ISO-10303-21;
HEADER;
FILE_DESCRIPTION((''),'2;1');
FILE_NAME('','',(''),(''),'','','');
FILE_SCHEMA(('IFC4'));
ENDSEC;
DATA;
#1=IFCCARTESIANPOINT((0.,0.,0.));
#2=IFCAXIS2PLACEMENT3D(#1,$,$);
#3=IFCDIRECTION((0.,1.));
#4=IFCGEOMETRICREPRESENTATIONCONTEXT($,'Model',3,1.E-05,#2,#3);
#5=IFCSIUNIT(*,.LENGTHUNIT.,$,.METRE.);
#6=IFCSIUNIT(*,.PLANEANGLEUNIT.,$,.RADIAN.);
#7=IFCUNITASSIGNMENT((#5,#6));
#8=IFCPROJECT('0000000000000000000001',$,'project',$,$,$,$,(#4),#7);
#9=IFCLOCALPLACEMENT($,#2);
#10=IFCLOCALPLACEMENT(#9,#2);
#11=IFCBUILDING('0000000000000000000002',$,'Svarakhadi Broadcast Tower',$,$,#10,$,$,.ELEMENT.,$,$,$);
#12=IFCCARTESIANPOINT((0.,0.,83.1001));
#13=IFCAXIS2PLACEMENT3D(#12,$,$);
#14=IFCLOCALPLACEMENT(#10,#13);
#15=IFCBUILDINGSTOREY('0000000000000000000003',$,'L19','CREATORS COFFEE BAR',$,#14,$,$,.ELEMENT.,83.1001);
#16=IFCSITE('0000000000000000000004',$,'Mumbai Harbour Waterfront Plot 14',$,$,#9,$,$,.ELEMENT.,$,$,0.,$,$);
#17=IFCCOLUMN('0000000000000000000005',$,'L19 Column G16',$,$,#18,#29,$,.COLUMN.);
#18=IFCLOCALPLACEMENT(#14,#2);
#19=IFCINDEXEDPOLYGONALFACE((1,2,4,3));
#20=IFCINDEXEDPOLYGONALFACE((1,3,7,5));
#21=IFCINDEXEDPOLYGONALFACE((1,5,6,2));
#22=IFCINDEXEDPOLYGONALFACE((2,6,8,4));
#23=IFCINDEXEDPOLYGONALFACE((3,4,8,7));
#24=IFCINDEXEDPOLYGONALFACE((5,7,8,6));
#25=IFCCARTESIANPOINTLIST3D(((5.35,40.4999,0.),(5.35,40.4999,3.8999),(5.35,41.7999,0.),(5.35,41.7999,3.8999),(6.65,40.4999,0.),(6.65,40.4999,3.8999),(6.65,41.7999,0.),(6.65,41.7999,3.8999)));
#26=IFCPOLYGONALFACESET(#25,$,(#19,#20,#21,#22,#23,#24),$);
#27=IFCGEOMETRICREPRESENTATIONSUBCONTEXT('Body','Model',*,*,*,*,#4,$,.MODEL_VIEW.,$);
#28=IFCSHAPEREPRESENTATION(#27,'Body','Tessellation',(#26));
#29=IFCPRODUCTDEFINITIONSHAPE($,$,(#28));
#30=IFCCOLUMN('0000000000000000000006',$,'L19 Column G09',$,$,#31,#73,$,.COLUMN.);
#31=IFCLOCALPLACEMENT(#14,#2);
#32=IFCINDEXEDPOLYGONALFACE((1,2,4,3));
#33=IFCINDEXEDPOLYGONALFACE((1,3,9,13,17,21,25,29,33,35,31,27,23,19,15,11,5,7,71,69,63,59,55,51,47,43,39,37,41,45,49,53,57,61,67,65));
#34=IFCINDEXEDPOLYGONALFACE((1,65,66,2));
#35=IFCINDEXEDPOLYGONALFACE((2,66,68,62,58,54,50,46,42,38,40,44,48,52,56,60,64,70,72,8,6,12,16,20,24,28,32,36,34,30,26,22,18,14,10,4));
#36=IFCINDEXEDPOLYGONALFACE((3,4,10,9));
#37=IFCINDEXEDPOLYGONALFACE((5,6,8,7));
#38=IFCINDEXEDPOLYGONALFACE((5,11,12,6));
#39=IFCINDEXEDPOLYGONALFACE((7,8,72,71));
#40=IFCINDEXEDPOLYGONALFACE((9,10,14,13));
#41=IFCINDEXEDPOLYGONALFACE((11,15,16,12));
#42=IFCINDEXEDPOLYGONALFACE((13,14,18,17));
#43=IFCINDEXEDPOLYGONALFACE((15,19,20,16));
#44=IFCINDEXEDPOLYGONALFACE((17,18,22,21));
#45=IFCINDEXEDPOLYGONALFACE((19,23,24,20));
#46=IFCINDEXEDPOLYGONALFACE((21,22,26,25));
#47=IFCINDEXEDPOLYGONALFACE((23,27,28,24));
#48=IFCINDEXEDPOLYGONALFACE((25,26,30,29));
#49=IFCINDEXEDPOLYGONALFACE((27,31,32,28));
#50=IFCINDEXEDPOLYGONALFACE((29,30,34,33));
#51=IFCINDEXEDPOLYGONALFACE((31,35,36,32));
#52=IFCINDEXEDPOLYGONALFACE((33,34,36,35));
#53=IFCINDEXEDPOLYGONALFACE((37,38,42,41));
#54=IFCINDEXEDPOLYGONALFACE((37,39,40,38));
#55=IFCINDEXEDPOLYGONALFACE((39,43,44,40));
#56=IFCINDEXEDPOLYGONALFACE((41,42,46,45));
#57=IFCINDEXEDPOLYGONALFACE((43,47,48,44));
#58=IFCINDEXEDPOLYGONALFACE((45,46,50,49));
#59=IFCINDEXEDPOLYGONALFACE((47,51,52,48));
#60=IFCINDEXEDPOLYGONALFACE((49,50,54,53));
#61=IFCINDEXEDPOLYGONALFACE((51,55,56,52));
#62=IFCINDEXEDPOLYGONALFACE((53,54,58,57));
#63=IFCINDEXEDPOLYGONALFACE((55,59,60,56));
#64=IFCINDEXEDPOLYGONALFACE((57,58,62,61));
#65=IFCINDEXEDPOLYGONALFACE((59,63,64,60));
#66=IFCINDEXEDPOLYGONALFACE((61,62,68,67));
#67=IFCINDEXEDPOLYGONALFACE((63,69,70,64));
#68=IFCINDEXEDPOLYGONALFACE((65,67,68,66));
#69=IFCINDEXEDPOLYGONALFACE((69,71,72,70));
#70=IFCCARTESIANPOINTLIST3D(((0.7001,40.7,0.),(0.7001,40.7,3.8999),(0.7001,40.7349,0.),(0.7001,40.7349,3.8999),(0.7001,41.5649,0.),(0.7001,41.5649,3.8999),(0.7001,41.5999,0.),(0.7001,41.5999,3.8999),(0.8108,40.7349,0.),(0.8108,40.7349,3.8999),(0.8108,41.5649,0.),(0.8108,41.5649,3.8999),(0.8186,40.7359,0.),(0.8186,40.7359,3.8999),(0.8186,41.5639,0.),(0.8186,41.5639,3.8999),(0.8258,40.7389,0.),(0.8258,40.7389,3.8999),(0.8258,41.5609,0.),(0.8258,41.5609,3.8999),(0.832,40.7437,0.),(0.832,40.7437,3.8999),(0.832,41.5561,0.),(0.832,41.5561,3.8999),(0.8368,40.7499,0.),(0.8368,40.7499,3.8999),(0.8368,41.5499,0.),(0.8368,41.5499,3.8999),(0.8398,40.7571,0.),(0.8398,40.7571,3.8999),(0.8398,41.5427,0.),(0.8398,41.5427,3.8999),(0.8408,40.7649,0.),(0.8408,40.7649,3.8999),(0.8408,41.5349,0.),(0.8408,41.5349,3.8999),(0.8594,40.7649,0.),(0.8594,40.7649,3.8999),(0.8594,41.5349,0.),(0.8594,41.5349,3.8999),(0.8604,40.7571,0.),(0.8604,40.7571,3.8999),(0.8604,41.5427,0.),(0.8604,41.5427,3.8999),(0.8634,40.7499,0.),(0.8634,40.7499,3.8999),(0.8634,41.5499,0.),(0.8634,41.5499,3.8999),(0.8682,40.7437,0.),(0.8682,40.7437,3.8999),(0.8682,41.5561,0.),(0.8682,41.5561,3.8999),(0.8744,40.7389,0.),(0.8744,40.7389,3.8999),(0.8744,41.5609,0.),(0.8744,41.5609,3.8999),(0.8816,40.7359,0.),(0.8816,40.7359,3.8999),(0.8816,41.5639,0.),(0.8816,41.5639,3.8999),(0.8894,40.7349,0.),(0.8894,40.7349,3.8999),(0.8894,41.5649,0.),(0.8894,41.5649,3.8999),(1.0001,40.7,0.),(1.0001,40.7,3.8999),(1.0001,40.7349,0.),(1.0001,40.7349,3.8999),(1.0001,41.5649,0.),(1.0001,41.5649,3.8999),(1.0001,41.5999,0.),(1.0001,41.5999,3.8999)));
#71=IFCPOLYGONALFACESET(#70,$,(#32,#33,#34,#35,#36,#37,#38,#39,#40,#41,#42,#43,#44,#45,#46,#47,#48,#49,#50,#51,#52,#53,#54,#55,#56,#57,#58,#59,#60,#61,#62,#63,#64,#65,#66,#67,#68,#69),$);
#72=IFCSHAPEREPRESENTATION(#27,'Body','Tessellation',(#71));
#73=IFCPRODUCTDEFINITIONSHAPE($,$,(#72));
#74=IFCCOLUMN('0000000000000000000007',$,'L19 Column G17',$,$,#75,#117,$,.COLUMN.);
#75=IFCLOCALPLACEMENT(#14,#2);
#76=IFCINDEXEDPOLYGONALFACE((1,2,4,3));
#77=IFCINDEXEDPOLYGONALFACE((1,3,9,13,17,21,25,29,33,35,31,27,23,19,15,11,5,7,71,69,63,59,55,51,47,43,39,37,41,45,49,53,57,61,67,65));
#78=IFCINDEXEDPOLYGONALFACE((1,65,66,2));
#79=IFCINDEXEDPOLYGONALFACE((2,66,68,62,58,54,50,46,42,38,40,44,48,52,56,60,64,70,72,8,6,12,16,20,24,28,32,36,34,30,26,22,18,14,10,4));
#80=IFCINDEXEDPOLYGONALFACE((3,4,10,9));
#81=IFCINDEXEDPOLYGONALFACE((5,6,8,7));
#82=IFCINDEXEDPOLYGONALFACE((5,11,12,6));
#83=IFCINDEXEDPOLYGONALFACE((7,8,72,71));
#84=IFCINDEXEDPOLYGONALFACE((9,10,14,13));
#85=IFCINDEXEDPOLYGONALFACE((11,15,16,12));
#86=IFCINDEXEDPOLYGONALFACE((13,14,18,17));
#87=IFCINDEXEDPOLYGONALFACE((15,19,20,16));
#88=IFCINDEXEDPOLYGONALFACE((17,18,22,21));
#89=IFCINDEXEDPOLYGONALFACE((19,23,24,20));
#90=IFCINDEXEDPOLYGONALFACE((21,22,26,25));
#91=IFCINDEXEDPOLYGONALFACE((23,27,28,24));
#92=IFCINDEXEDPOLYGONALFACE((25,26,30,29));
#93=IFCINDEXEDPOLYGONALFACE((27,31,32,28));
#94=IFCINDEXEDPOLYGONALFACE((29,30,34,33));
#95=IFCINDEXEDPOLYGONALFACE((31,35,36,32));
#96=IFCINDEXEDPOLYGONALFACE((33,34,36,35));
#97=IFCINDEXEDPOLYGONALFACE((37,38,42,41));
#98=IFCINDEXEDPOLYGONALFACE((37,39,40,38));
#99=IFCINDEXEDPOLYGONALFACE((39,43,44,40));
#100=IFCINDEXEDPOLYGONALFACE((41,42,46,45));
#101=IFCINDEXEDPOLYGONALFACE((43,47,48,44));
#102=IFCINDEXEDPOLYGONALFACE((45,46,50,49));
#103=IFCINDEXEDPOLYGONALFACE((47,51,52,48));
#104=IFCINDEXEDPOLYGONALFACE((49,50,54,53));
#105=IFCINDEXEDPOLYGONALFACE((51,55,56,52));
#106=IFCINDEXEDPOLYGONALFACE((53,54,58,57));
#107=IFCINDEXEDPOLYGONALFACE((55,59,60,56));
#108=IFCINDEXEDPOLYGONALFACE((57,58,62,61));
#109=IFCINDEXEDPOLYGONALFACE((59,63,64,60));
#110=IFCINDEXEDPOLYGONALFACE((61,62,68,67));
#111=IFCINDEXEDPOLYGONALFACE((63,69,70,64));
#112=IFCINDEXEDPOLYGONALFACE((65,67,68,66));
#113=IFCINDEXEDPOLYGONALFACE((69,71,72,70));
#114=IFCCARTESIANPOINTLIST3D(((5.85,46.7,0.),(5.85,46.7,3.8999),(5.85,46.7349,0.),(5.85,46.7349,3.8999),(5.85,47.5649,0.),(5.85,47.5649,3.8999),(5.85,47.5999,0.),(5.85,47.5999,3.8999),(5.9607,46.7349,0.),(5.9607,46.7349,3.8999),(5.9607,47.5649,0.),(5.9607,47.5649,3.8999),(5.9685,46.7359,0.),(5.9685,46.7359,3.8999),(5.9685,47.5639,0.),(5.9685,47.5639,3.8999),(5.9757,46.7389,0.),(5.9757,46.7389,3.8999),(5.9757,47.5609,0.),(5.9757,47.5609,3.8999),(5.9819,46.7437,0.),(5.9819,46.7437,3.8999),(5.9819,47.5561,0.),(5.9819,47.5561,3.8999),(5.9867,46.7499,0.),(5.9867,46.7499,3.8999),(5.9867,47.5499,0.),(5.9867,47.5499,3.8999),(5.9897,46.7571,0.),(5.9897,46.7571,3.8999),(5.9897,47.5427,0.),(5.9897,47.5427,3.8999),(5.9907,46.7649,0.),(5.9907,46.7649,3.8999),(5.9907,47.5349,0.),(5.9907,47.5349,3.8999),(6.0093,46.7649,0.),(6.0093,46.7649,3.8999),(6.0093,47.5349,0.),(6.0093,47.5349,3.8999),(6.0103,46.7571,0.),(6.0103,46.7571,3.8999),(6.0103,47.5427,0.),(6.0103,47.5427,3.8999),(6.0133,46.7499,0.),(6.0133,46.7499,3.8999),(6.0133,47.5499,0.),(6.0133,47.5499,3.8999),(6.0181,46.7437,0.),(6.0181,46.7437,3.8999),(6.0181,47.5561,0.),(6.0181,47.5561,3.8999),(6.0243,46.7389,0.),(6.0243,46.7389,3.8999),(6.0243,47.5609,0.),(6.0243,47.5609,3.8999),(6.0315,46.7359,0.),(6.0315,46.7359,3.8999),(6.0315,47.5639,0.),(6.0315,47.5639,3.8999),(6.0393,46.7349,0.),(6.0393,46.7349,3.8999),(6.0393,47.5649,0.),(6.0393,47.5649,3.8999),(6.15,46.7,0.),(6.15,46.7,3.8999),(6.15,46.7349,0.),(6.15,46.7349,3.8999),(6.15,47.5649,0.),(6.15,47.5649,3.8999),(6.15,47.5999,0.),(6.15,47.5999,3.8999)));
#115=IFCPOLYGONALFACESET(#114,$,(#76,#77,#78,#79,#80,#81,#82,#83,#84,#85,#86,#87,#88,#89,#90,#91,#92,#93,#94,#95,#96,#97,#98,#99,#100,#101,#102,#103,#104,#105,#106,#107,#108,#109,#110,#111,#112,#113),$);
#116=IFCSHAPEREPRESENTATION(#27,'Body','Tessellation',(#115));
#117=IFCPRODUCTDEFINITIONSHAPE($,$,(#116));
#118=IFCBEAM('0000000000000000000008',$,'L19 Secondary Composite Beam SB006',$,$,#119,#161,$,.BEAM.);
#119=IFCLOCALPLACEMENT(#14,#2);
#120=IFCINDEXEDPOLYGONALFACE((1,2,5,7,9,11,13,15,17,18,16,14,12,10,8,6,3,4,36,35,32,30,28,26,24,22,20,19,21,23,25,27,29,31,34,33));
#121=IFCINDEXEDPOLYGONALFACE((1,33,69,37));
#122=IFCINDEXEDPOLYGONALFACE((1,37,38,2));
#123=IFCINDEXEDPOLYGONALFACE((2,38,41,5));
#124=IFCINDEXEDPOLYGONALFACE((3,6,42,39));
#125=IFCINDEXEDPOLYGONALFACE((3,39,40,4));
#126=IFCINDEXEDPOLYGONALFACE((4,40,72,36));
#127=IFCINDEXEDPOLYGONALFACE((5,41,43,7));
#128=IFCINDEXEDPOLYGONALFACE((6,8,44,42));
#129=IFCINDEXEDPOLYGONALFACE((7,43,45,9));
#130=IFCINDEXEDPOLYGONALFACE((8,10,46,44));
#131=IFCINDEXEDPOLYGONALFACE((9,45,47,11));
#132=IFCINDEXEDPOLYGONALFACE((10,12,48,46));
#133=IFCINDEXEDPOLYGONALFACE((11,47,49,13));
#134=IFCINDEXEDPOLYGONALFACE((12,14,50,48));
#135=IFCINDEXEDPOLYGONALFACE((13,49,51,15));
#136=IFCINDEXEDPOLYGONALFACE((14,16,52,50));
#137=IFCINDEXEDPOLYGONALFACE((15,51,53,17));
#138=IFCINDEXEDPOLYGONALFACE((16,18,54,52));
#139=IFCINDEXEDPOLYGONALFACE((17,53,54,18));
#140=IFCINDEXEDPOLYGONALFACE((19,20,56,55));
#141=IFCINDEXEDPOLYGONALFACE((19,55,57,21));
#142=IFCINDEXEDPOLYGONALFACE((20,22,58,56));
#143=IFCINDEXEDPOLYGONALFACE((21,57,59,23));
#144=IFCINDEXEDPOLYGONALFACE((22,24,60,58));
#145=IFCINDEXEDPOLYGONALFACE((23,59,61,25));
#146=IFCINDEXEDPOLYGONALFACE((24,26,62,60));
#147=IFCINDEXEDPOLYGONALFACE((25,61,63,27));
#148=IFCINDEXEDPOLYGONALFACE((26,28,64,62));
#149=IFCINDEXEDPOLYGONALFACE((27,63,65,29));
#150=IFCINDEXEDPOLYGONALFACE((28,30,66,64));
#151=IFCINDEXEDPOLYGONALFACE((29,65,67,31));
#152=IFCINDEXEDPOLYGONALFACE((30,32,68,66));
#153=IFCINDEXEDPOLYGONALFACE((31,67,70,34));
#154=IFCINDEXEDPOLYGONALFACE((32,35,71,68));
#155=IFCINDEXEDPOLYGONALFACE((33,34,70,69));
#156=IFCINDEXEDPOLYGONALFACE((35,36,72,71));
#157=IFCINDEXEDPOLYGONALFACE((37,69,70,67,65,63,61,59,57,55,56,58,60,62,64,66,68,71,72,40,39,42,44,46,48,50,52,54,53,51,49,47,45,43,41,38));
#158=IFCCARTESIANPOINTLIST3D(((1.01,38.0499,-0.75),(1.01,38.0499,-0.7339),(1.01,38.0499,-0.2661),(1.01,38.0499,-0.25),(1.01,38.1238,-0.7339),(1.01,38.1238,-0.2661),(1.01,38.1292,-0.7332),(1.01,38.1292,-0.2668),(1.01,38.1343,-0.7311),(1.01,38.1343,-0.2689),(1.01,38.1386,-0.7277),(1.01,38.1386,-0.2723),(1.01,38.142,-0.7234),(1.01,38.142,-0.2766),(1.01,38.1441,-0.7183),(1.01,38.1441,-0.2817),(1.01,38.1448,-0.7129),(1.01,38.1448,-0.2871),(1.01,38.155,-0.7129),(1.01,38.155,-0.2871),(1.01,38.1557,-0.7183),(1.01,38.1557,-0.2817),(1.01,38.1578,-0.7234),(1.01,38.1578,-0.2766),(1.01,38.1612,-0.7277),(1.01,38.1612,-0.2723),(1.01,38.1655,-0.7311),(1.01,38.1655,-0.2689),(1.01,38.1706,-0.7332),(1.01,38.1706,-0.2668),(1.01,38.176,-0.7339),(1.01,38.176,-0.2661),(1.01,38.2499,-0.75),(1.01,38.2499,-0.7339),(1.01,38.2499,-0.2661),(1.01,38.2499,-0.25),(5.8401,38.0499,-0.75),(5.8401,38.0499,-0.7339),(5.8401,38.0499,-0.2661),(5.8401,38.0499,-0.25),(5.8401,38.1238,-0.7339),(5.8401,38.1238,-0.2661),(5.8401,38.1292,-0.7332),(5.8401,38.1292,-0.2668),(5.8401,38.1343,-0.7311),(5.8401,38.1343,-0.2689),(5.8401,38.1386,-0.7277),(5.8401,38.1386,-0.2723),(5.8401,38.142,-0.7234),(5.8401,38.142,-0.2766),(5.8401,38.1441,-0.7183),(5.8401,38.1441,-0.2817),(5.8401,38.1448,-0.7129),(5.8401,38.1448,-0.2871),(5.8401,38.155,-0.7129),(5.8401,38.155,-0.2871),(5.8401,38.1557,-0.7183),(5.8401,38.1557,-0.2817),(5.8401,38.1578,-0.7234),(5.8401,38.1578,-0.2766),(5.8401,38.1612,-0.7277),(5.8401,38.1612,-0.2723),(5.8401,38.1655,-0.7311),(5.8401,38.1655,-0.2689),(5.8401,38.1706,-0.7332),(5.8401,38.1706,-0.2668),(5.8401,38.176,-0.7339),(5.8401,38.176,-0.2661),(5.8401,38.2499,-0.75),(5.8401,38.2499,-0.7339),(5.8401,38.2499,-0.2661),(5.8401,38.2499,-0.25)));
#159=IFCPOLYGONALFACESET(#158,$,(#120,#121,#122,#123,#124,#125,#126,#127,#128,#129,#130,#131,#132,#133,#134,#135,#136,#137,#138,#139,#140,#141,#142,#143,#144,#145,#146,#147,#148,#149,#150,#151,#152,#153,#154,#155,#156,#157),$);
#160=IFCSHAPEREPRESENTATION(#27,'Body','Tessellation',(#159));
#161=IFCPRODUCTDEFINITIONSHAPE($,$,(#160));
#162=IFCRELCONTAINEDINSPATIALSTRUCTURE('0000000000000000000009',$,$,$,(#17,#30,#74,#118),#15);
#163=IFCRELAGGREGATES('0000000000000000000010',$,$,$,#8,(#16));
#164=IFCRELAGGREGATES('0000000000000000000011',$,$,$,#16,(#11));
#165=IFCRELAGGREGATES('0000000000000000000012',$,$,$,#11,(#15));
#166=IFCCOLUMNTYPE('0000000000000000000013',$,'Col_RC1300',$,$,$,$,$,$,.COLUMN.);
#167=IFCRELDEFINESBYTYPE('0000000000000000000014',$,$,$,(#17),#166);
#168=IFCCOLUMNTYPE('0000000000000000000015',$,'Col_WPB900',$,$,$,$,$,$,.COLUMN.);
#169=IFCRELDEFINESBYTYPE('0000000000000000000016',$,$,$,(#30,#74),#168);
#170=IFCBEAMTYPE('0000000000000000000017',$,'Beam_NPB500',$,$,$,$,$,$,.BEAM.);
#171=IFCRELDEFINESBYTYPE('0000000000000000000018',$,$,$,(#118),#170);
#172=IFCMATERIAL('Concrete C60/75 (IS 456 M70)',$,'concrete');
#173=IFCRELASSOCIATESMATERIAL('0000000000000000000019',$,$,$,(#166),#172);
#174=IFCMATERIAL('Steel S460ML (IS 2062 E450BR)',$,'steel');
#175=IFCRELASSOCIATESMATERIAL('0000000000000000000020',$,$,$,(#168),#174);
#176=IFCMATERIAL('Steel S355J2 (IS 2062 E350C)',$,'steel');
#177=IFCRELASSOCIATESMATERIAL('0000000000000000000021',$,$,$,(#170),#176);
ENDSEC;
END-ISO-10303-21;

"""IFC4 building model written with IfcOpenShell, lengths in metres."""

from ifc_helpers import new_model, si_unit, direction, frame, origin, origin_2d, place, context, subcontext, project, spatial, rectangle, i_section, extrude, material, material_profile, profile_set, type_object, element, save


model = new_model("IFC4")

# Units and contexts
model_context = context("Model", 3, precision=1e-05, world=origin(), true_north=direction((0.0, 1.0)))
body_context = subcontext(model_context, "Body", "Model", "MODEL_VIEW")
ifc_project = project(units=[si_unit("LENGTHUNIT", "METRE"), si_unit("PLANEANGLEUNIT", "RADIAN")], contexts=[model_context])

# Site, building, storey
site_placement = place(None, origin())
site = spatial("IfcSite", under=ifc_project, at=site_placement, Name="Mumbai Harbour Waterfront Plot 14", CompositionType="ELEMENT", RefElevation=0.0)
building_placement = place(site_placement, origin())
building = spatial("IfcBuilding", under=site, at=building_placement, Name="Svarakhadi Broadcast Tower", CompositionType="ELEMENT")
storey_placement = place(building_placement, frame((0.0, 0.0, 83.1001)))
storey = spatial("IfcBuildingStorey", under=building, at=storey_placement, Name="L19", Description="CREATORS COFFEE BAR", CompositionType="ELEMENT", Elevation=83.1001)

# Columns
ifc_material_1 = material(Name="Concrete C60/75 (IS 456 M70)", Category="concrete")
ifc_material_profile_1 = material_profile(ifc_material_1, rectangle(XDim=1.3, YDim=1.3, at=origin_2d()), Name="RC 1300x1300")
ifc_profile_set_1 = profile_set([ifc_material_profile_1], Name="Concrete C60/75 (IS 456 M70)")
column_type_1 = type_object("IfcColumnType", Name="Col_RC1300", PredefinedType="COLUMN", material=ifc_profile_set_1)
column_placement = place(storey_placement, frame((6.0, 41.1499, 0.0), z_axis=(0.0, 0.0, 1.0), x_axis=(1.0, 0.0, 0.0)))
element("IfcColumn", 1, at=column_placement, inside=storey, type_object=column_type_1, Name="L19 Column G16", PredefinedType="COLUMN", context=body_context, shape_type="SweptSolid", body=[
    extrude(rectangle(XDim=1.3, YDim=1.3, at=origin_2d()), origin(), (0.0, 0.0, 1.0), 3.8999),
])
ifc_material_2 = material(Name="Steel S460ML (IS 2062 E450BR)", Category="steel")
ifc_material_profile_2 = material_profile(ifc_material_2, i_section(OverallWidth=0.3, OverallDepth=0.8999, WebThickness=0.0186, FlangeThickness=0.0349, FilletRadius=0.03, at=origin_2d()), Name="WPB 900x300x291")
ifc_profile_set_2 = profile_set([ifc_material_profile_2], Name="Steel S460ML (IS 2062 E450BR)")
column_type_2 = type_object("IfcColumnType", Name="Col_WPB900", PredefinedType="COLUMN", material=ifc_profile_set_2)
for number, where, z_axis, x_axis, name in (
    (2, (0.8501, 41.1499, 0.0), (0.0, 0.0, 1.0), (1.0, 0.0, 0.0), "L19 Column G09"),
    (3, (6.0, 47.1499, 0.0), (0.0, 0.0, 1.0), (1.0, 0.0, 0.0), "L19 Column G17"),
):
    element("IfcColumn", number, at=place(storey_placement, frame(where, z_axis=z_axis, x_axis=x_axis)), inside=storey, type_object=column_type_2, Name=name, PredefinedType="COLUMN", context=body_context, shape_type="SweptSolid", body=[
        extrude(i_section(OverallWidth=0.3, OverallDepth=0.8999, WebThickness=0.0186, FlangeThickness=0.0349, FilletRadius=0.03, at=origin_2d()), origin(), (0.0, 0.0, 1.0), 3.8999),
    ])

# Beam
ifc_material_3 = material(Name="Steel S355J2 (IS 2062 E350C)", Category="steel")
ifc_material_profile_3 = material_profile(ifc_material_3, i_section(OverallWidth=0.2, OverallDepth=0.5, WebThickness=0.0103, FlangeThickness=0.0161, FilletRadius=0.021, at=origin_2d()), Name="NPB 500x200x91")
ifc_profile_set_3 = profile_set([ifc_material_profile_3], Name="Steel S355J2 (IS 2062 E350C)")
beam_type_1 = type_object("IfcBeamType", Name="Beam_NPB500", PredefinedType="BEAM", material=ifc_profile_set_3)
beam_1_placement = place(storey_placement, frame((1.01, 38.1499, -0.5), z_axis=(1.0, 0.0, 0.0), x_axis=(0.0, 1.0, 0.0)))
element("IfcBeam", 4, at=beam_1_placement, inside=storey, type_object=beam_type_1, Name="L19 Secondary Composite Beam SB006", PredefinedType="BEAM", context=body_context, shape_type="SweptSolid", body=[
    extrude(i_section(OverallWidth=0.2, OverallDepth=0.5, WebThickness=0.0103, FlangeThickness=0.0161, FilletRadius=0.021, at=origin_2d()), origin(), (0.0, 0.0, 1.0), 4.8301),
])

save(model, "model.ifc")
